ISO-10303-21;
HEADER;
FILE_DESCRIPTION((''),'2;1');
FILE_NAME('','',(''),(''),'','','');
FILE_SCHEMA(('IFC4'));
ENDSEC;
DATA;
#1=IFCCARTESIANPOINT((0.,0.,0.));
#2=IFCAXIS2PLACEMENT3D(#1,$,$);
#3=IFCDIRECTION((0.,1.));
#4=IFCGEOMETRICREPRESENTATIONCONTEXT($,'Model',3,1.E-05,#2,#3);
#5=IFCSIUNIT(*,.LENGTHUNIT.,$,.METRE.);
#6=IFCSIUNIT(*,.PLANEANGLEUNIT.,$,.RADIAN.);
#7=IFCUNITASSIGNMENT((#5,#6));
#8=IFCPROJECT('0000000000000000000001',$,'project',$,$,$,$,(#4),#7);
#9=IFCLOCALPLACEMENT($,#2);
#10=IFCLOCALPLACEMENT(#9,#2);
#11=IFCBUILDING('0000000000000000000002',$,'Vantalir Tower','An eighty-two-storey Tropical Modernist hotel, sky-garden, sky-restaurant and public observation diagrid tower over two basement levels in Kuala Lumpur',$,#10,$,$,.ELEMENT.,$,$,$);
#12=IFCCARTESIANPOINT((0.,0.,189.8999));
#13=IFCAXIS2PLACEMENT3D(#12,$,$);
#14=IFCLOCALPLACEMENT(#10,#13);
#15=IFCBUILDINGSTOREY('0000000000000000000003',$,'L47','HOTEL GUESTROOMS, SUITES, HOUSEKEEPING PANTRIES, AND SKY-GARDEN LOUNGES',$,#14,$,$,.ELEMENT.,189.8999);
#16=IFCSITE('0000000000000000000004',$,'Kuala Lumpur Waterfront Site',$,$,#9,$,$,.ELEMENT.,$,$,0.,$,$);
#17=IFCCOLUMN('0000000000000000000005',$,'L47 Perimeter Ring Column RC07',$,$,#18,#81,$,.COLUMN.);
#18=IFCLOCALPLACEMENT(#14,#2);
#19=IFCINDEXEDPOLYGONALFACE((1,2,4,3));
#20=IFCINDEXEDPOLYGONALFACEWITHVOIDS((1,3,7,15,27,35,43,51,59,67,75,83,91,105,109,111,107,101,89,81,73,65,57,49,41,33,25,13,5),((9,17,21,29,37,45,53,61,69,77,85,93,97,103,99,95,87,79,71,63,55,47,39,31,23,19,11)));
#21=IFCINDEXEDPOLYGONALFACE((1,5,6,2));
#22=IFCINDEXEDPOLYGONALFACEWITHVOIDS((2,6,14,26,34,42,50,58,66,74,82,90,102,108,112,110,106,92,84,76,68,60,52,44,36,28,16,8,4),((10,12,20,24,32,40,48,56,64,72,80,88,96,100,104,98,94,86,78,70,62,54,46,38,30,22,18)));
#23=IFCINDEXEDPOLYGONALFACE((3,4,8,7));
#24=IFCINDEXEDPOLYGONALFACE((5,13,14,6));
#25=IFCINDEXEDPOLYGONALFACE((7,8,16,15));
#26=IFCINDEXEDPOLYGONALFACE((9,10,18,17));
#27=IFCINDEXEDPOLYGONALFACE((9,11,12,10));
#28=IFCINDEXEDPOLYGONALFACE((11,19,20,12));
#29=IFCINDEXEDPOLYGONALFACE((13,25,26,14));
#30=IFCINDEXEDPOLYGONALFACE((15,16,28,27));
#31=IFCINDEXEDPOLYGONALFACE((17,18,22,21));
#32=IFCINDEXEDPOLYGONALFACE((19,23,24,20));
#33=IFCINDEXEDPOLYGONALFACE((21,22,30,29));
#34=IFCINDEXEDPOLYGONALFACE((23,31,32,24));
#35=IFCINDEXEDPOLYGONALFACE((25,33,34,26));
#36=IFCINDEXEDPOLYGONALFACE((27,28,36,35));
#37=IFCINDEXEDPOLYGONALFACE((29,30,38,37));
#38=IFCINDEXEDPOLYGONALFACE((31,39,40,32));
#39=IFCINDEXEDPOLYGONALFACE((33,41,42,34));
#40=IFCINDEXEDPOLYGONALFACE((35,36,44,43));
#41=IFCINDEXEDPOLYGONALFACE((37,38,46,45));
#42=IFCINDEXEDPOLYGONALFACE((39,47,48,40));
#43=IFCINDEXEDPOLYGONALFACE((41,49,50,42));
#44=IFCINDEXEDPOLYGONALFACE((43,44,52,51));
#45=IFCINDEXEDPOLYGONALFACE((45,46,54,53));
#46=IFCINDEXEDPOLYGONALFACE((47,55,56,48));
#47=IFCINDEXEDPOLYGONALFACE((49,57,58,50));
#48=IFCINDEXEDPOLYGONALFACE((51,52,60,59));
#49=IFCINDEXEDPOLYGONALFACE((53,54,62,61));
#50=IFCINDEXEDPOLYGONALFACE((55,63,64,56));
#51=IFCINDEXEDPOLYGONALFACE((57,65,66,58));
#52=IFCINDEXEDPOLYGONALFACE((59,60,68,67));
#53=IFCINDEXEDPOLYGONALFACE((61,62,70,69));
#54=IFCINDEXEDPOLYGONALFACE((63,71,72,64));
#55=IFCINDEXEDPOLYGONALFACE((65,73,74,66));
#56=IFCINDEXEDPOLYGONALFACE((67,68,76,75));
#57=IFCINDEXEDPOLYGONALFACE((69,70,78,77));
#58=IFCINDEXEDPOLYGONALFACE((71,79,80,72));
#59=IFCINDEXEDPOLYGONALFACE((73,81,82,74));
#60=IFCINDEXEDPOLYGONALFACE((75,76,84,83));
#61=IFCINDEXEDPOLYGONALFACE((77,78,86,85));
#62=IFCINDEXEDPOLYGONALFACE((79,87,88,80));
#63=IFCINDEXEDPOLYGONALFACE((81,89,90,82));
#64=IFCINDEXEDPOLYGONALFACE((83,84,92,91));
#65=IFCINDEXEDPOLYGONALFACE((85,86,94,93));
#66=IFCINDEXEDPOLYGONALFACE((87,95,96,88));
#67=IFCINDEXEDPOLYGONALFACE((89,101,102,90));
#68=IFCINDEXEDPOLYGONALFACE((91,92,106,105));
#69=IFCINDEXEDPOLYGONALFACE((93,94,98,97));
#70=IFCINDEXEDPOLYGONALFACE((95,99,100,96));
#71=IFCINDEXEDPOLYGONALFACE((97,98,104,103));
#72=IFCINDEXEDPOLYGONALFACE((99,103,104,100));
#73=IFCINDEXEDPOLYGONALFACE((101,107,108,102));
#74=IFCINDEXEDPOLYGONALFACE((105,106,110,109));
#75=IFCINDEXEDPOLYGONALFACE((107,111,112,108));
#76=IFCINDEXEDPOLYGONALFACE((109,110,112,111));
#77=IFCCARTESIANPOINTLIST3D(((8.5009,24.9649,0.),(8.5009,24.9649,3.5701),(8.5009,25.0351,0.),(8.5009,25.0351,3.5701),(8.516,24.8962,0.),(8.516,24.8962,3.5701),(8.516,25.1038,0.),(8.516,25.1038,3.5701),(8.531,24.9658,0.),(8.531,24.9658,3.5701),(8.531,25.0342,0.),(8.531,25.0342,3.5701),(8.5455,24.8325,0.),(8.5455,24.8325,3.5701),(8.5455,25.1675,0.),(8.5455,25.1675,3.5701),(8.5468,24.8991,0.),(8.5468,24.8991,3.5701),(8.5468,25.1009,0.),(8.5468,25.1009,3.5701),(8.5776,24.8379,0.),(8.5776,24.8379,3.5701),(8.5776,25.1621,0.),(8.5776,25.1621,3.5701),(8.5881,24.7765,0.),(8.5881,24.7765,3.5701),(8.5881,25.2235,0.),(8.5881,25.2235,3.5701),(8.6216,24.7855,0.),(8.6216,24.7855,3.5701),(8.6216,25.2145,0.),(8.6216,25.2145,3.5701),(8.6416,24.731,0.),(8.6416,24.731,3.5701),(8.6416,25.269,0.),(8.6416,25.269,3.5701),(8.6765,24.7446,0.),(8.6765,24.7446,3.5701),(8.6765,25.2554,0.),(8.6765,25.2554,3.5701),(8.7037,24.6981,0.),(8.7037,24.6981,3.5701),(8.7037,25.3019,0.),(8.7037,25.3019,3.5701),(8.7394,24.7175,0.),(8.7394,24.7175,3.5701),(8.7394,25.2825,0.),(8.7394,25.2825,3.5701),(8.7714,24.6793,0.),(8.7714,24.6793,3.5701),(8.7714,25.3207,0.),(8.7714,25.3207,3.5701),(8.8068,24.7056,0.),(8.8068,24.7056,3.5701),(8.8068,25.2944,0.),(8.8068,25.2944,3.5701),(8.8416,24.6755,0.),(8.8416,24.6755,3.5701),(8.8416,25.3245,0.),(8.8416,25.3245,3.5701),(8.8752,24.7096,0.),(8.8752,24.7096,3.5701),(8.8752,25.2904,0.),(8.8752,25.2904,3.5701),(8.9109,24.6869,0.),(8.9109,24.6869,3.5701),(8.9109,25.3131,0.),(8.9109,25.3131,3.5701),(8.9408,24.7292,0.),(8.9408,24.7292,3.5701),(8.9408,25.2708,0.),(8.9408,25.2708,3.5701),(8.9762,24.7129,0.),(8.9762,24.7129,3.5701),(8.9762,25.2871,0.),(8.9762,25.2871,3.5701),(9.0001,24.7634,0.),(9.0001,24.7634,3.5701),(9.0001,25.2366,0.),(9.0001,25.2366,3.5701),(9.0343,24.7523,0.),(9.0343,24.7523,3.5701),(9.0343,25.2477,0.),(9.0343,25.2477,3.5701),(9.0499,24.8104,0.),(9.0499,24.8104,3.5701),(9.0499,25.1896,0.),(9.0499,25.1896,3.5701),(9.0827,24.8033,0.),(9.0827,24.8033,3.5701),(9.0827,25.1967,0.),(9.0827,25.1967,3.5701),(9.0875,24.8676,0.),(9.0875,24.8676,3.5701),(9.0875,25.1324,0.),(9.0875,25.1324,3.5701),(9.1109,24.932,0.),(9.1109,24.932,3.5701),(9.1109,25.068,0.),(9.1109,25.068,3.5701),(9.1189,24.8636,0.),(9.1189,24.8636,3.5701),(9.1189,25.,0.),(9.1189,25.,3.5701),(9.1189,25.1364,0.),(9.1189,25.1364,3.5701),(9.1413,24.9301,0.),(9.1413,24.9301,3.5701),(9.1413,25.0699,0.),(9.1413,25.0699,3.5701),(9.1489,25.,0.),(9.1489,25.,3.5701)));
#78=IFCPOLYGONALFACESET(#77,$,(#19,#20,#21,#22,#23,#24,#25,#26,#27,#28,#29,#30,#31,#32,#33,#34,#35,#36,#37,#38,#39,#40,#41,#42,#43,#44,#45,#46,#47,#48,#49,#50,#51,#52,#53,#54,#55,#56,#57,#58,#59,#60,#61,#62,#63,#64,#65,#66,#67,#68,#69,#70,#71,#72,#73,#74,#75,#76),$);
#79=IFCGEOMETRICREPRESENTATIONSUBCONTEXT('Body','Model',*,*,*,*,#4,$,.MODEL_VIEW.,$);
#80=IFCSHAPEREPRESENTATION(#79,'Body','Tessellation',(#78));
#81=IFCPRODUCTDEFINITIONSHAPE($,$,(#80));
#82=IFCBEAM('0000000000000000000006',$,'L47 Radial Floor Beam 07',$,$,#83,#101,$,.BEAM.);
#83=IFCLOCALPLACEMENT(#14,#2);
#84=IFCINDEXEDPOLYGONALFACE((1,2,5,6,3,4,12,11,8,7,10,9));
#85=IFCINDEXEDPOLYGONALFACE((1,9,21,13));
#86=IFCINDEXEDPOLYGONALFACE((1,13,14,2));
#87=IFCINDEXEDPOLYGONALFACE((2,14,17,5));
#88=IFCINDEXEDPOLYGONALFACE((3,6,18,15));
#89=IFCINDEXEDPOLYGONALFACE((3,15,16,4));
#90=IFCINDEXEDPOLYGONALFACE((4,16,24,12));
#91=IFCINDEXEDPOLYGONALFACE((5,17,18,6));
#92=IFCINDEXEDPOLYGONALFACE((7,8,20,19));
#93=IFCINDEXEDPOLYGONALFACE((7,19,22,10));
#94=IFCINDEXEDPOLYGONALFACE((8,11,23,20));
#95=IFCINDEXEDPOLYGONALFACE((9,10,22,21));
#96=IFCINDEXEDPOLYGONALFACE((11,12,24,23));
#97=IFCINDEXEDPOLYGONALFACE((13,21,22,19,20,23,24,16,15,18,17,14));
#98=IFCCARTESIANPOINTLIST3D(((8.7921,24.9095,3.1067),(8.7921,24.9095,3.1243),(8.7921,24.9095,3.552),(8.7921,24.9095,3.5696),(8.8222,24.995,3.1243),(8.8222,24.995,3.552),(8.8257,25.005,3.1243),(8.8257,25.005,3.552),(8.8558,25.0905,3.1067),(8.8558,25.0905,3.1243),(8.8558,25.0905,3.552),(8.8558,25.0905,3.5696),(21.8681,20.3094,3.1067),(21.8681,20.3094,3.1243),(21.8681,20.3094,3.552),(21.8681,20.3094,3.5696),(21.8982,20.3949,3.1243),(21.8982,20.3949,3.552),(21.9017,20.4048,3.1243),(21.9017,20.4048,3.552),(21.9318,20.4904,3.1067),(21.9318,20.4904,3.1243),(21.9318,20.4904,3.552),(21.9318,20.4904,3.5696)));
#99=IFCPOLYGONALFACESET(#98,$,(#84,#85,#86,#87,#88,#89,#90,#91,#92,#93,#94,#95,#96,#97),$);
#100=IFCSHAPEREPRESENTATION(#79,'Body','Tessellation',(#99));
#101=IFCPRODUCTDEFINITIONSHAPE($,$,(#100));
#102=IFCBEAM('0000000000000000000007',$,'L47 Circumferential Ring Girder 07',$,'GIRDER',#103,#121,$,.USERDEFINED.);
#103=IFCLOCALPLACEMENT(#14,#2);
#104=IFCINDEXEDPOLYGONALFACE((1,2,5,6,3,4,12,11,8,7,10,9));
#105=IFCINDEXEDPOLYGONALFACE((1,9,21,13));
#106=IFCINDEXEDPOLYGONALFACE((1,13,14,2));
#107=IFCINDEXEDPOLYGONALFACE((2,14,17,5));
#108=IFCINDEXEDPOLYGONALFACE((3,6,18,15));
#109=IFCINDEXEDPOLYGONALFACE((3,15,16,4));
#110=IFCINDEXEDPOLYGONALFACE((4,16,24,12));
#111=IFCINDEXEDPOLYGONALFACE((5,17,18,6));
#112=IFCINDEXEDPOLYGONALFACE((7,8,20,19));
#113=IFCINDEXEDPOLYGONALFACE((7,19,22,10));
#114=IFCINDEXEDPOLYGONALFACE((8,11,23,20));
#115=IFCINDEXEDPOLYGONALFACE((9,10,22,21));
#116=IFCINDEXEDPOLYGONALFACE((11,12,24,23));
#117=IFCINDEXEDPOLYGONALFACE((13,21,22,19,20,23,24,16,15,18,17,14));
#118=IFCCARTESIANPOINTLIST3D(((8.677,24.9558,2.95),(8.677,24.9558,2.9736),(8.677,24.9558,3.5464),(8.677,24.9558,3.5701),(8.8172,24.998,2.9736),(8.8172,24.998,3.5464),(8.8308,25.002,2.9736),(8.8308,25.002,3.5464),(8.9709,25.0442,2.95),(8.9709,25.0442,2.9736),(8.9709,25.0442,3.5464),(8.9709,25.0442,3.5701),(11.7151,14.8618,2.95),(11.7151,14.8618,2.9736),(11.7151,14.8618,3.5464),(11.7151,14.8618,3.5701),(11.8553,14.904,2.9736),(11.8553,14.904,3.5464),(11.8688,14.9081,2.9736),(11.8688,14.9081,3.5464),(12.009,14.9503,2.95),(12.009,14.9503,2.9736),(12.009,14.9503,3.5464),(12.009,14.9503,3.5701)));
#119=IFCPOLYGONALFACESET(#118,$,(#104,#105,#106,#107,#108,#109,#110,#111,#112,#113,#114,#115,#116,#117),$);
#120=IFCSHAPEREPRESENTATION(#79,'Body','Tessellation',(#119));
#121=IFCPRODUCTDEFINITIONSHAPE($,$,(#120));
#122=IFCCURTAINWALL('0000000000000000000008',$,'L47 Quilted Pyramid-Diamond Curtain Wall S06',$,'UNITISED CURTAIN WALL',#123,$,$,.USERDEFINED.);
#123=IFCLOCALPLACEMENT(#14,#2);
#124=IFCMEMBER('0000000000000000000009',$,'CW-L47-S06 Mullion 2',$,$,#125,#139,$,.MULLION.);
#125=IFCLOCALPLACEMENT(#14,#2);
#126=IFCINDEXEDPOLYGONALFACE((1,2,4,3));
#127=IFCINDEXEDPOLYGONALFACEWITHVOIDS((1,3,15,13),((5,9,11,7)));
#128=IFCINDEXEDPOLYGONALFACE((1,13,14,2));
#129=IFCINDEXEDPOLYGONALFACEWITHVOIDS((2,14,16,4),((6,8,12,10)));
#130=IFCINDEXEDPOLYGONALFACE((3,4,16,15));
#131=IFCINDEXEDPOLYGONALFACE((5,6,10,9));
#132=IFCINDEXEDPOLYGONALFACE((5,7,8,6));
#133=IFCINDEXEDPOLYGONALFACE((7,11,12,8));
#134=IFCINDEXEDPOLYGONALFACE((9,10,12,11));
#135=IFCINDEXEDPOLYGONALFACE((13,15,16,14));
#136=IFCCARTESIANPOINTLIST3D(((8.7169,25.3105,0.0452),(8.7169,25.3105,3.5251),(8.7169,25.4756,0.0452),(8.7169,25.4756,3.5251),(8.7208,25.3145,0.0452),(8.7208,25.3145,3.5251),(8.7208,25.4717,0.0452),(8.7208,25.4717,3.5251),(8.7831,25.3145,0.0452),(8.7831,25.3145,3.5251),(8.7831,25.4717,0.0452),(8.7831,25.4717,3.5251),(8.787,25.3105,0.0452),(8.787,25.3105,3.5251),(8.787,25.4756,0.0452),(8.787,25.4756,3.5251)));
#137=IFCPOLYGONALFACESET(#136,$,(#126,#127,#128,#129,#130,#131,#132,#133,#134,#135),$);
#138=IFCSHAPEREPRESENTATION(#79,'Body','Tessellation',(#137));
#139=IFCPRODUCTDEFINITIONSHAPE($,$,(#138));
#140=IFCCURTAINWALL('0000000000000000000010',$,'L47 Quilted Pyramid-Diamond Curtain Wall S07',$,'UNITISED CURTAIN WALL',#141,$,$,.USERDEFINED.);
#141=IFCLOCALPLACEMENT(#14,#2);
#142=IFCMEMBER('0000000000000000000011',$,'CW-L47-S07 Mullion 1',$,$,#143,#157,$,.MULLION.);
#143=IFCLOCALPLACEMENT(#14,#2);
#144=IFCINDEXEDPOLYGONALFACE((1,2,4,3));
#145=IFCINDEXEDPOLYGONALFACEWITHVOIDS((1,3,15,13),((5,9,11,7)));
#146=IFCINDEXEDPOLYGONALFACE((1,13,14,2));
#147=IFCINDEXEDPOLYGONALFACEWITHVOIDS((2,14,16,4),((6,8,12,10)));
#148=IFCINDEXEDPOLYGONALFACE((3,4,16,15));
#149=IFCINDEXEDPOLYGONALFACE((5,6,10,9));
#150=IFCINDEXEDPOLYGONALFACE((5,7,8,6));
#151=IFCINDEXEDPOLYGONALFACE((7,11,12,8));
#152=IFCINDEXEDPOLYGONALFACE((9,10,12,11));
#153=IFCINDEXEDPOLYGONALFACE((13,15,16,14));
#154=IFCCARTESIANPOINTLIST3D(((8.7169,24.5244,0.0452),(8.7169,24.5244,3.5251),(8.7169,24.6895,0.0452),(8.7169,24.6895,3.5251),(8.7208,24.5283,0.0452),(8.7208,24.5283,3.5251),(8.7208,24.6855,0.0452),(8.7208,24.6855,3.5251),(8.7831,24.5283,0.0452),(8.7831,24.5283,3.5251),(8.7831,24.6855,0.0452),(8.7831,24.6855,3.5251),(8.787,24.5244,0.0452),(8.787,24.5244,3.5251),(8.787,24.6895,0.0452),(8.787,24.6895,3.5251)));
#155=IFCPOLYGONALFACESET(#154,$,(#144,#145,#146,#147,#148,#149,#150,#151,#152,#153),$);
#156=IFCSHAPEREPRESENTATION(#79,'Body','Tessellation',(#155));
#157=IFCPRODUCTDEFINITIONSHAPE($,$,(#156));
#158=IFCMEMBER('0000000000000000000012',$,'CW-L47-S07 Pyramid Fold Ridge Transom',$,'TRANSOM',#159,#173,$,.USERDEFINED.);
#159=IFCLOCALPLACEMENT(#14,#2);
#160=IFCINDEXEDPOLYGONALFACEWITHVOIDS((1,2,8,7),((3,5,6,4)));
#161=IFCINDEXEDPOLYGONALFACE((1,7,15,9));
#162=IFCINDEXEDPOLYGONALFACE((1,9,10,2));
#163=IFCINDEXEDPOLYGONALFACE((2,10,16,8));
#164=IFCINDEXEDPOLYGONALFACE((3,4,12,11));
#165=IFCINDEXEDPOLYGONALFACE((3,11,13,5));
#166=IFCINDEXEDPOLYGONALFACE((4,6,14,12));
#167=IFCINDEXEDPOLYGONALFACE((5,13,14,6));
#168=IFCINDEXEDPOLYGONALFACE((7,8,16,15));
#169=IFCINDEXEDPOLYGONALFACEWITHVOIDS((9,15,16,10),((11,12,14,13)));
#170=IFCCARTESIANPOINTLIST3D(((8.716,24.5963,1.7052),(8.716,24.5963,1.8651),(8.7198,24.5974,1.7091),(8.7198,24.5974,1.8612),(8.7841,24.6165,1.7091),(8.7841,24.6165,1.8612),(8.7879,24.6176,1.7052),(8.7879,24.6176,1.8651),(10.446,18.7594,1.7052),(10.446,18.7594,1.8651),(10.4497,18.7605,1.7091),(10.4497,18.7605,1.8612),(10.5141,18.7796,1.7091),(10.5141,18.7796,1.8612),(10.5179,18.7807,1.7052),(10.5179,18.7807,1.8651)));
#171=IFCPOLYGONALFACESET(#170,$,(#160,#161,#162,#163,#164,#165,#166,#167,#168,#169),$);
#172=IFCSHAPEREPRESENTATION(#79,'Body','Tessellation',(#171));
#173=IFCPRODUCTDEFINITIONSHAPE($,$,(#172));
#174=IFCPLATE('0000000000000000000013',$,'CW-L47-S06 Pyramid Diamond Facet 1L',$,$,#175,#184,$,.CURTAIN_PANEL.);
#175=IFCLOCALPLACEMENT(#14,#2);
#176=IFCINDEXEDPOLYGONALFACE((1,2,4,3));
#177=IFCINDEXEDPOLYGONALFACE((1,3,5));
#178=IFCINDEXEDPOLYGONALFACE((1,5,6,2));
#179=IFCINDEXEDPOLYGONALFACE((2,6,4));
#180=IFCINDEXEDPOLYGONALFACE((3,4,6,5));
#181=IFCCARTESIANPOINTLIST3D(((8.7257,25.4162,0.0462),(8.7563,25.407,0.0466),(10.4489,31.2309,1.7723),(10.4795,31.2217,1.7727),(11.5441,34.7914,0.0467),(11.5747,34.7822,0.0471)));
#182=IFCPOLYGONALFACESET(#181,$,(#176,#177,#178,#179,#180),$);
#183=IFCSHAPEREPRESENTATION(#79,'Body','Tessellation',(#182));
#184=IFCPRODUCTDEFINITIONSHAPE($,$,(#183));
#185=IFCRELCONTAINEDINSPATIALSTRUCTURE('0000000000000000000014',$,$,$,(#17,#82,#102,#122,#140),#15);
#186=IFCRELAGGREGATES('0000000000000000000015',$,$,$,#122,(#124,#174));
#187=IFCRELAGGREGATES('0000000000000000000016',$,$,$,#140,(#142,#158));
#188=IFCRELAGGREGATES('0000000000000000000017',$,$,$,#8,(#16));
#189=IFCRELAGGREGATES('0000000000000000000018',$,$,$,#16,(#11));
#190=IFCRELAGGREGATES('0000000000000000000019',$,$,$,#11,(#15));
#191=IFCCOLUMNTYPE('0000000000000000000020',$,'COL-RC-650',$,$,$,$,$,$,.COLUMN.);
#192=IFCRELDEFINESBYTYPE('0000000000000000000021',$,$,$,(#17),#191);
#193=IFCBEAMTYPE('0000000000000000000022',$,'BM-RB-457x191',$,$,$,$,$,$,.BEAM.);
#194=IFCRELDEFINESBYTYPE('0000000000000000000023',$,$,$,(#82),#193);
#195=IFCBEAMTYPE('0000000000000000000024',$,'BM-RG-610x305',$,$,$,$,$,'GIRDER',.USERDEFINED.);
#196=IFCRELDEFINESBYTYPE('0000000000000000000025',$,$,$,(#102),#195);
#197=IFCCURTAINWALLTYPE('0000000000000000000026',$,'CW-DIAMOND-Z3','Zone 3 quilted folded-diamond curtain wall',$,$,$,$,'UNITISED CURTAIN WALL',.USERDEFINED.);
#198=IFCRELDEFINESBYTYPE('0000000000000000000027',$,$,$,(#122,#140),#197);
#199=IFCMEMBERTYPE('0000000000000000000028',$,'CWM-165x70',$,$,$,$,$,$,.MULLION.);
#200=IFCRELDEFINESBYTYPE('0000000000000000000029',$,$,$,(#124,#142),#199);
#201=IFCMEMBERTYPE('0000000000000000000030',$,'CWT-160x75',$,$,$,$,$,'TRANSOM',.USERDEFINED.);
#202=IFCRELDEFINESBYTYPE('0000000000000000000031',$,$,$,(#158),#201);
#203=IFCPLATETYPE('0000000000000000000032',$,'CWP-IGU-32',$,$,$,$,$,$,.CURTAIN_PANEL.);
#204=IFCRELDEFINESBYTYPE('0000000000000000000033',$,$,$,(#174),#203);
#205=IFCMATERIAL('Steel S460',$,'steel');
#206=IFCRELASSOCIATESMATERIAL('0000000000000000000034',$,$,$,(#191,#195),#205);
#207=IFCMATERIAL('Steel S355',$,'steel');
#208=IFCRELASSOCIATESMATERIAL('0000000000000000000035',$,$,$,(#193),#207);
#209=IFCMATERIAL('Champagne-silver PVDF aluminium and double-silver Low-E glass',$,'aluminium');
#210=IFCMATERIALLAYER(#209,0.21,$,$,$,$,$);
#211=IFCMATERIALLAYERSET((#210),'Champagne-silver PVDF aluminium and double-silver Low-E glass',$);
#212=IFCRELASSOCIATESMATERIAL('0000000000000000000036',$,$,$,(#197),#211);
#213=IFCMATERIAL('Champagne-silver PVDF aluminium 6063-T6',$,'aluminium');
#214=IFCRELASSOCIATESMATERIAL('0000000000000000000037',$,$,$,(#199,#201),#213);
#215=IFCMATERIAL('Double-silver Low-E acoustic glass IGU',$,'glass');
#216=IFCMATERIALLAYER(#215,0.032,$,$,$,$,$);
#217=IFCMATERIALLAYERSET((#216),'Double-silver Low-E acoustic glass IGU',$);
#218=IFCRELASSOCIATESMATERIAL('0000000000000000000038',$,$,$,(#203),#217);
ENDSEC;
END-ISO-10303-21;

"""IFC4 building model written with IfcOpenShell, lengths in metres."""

from ifc_helpers import new_model, si_unit, direction, frame, origin, origin_2d, place, context, subcontext, project, spatial, polyline, hollow_rectangle, hollow_circle, i_section, outline, extrude, material, layer, layer_set, material_profile, profile_set, type_object, element, aggregate, save


model = new_model("IFC4")

# Units and contexts
model_context = context("Model", 3, precision=1e-05, world=origin(), true_north=direction((0.0, 1.0)))
body_context = subcontext(model_context, "Body", "Model", "MODEL_VIEW")
ifc_project = project(units=[si_unit("LENGTHUNIT", "METRE"), si_unit("PLANEANGLEUNIT", "RADIAN")], contexts=[model_context])

# Site, building, storey
site_placement = place(None, origin())
site = spatial("IfcSite", under=ifc_project, at=site_placement, Name="Kuala Lumpur Waterfront Site", CompositionType="ELEMENT", RefElevation=0.0)
building_placement = place(site_placement, origin())
building = spatial("IfcBuilding", under=site, at=building_placement, Name="Vantalir Tower", Description="An eighty-two-storey Tropical Modernist hotel, sky-garden, sky-restaurant and public observation diagrid tower over two basement levels in Kuala Lumpur", CompositionType="ELEMENT")
storey_placement = place(building_placement, frame((0.0, 0.0, 189.8999)))
storey = spatial("IfcBuildingStorey", under=building, at=storey_placement, Name="L47", Description="HOTEL GUESTROOMS, SUITES, HOUSEKEEPING PANTRIES, AND SKY-GARDEN LOUNGES", CompositionType="ELEMENT", Elevation=189.8999)

# Column
ifc_material_1 = material(Name="Steel S460", Category="steel")
ifc_material_profile_1 = material_profile(ifc_material_1, hollow_circle(Radius=0.325, WallThickness=0.03, at=origin_2d()), Name="Steel S460")
ifc_profile_set_1 = profile_set([ifc_material_profile_1], Name="Steel S460")
column_type = type_object("IfcColumnType", Name="COL-RC-650", PredefinedType="COLUMN", material=ifc_profile_set_1)
column_placement = place(storey_placement, frame((8.824, 25.0, 0.0), z_axis=(0.0, 0.0, 1.0), x_axis=(1.0, 0.0, 0.0)))
element("IfcColumn", 1, at=column_placement, inside=storey, type_object=column_type, Name="L47 Perimeter Ring Column RC07", PredefinedType="COLUMN", context=body_context, shape_type="SweptSolid", body=[
    extrude(hollow_circle(Radius=0.325, WallThickness=0.03, at=origin_2d()), origin(), (0.0, 0.0, 1.0), 3.5701),
])

# Beams
ifc_material_2 = material(Name="Steel S355", Category="steel")
ifc_material_profile_2 = material_profile(ifc_material_2, i_section(OverallWidth=0.1919, OverallDepth=0.4629, WebThickness=0.0105, FlangeThickness=0.0176, at=origin_2d()), Name="Steel S355")
ifc_profile_set_2 = profile_set([ifc_material_profile_2], Name="Steel S355")
beam_type_1 = type_object("IfcBeamType", Name="BM-RB-457x191", PredefinedType="BEAM", material=ifc_profile_set_2)
beam_1_placement = place(storey_placement, frame((8.824, 25.0, 3.3381), z_axis=(0.943328, -0.331862, 0.0), x_axis=(0.331862, 0.943328, 0.0)))
element("IfcBeam", 2, at=beam_1_placement, inside=storey, type_object=beam_type_1, Name="L47 Radial Floor Beam 07", PredefinedType="BEAM", context=body_context, shape_type="SweptSolid", body=[
    extrude(i_section(OverallWidth=0.1919, OverallDepth=0.4629, WebThickness=0.0105, FlangeThickness=0.0176, at=origin_2d()), origin(), (0.0, 0.0, 1.0), 13.8616),
])
ifc_material_profile_3 = material_profile(ifc_material_1, i_section(OverallWidth=0.3069, OverallDepth=0.6201, WebThickness=0.0142, FlangeThickness=0.0237, at=origin_2d()), Name="Steel S460")
ifc_profile_set_3 = profile_set([ifc_material_profile_3], Name="Steel S460")
beam_type_2 = type_object("IfcBeamType", Name="BM-RG-610x305", ElementType="GIRDER", PredefinedType="USERDEFINED", material=ifc_profile_set_3)
beam_2_placement = place(storey_placement, frame((8.824, 25.0, 3.26), z_axis=(0.288208, -0.957568, 0.0), x_axis=(0.957568, 0.288208, 0.0)))
element("IfcBeam", 3, at=beam_2_placement, inside=storey, type_object=beam_type_2, Name="L47 Circumferential Ring Girder 07", ObjectType="GIRDER", PredefinedType="USERDEFINED", context=body_context, shape_type="SweptSolid", body=[
    extrude(i_section(OverallWidth=0.3069, OverallDepth=0.6201, WebThickness=0.0142, FlangeThickness=0.0237, at=origin_2d()), origin(), (0.0, 0.0, 1.0), 10.5413),
])

# Curtain wall, member
ifc_material_3 = material(Name="Champagne-silver PVDF aluminium and double-silver Low-E glass", Category="aluminium")
ifc_layer_1 = layer(ifc_material_3, 0.21)
ifc_layer_set_1 = layer_set([ifc_layer_1], Name="Champagne-silver PVDF aluminium and double-silver Low-E glass")
curtain_wall_type = type_object("IfcCurtainWallType", Name="CW-DIAMOND-Z3", Description="Zone 3 quilted folded-diamond curtain wall", ElementType="UNITISED CURTAIN WALL", PredefinedType="USERDEFINED", material=ifc_layer_set_1)
curtain_wall_1_placement = place(storey_placement, origin())
curtain_wall_1 = element("IfcCurtainWall", 4, at=curtain_wall_1_placement, inside=storey, type_object=curtain_wall_type, Name="L47 Quilted Pyramid-Diamond Curtain Wall S06", ObjectType="UNITISED CURTAIN WALL", PredefinedType="USERDEFINED")
ifc_material_4 = material(Name="Champagne-silver PVDF aluminium 6063-T6", Category="aluminium")
ifc_material_profile_4 = material_profile(ifc_material_4, hollow_rectangle(XDim=0.0701, YDim=0.165, WallThickness=0.0039, at=origin_2d()), Name="Champagne-silver PVDF aluminium 6063-T6")
ifc_profile_set_4 = profile_set([ifc_material_profile_4], Name="Champagne-silver PVDF aluminium 6063-T6")
member_type_1 = type_object("IfcMemberType", Name="CWM-165x70", PredefinedType="MULLION", material=ifc_profile_set_4)
member_1_placement = place(storey_placement, frame((8.752, 25.3931, 0.0452), z_axis=(0.0, 0.0, 1.0), x_axis=(1.0, 0.0, 0.0)))
member_1 = element("IfcMember", 5, at=member_1_placement, type_object=member_type_1, Name="CW-L47-S06 Mullion 2", PredefinedType="MULLION", context=body_context, shape_type="SweptSolid", body=[
    extrude(hollow_rectangle(XDim=0.0701, YDim=0.165, WallThickness=0.0039, at=origin_2d()), origin(), (0.0, 0.0, 1.0), 3.48),
])

# Curtain wall, members
curtain_wall_2_placement = place(storey_placement, origin())
curtain_wall_2 = element("IfcCurtainWall", 6, at=curtain_wall_2_placement, inside=storey, type_object=curtain_wall_type, Name="L47 Quilted Pyramid-Diamond Curtain Wall S07", ObjectType="UNITISED CURTAIN WALL", PredefinedType="USERDEFINED")
member_2_placement = place(storey_placement, frame((8.752, 24.6069, 0.0452), z_axis=(0.0, 0.0, 1.0), x_axis=(1.0, 0.0, 0.0)))
member_2 = element("IfcMember", 7, at=member_2_placement, type_object=member_type_1, Name="CW-L47-S07 Mullion 1", PredefinedType="MULLION", context=body_context, shape_type="SweptSolid", body=[
    extrude(hollow_rectangle(XDim=0.0701, YDim=0.165, WallThickness=0.0039, at=origin_2d()), origin(), (0.0, 0.0, 1.0), 3.48),
])
ifc_material_profile_5 = material_profile(ifc_material_4, hollow_rectangle(XDim=0.075, YDim=0.1599, WallThickness=0.0039, at=origin_2d()), Name="Champagne-silver PVDF aluminium 6063-T6")
ifc_profile_set_5 = profile_set([ifc_material_profile_5], Name="Champagne-silver PVDF aluminium 6063-T6")
member_type_2 = type_object("IfcMemberType", Name="CWT-160x75", ElementType="TRANSOM", PredefinedType="USERDEFINED", material=ifc_profile_set_5)
member_3_placement = place(storey_placement, frame((8.752, 24.6069, 1.7852), z_axis=(0.284168, -0.958775, 0.0), x_axis=(0.958775, 0.284168, 0.0)))
member_3 = element("IfcMember", 8, at=member_3_placement, type_object=member_type_2, Name="CW-L47-S07 Pyramid Fold Ridge Transom", ObjectType="TRANSOM", PredefinedType="USERDEFINED", context=body_context, shape_type="SweptSolid", body=[
    extrude(hollow_rectangle(XDim=0.075, YDim=0.1599, WallThickness=0.0039, at=origin_2d()), origin(), (0.0, 0.0, 1.0), 6.0879),
])

# Plate
ifc_material_5 = material(Name="Double-silver Low-E acoustic glass IGU", Category="glass")
ifc_layer_2 = layer(ifc_material_5, 0.032)
ifc_layer_set_2 = layer_set([ifc_layer_2], Name="Double-silver Low-E acoustic glass IGU")
plate_type_1 = type_object("IfcPlateType", Name="CWP-IGU-32", PredefinedType="CURTAIN_PANEL", material=ifc_layer_set_2)
plate_1_placement = place(storey_placement, frame((11.5747, 34.7822, 0.0471), z_axis=(0.957572, -0.287863, 0.01379), x_axis=(-0.28789, -0.957663, -0.00005)))
plate_1 = element("IfcPlate", 9, at=plate_1_placement, type_object=plate_type_1, Name="CW-L47-S06 Pyramid Diamond Facet 1L", PredefinedType="CURTAIN_PANEL", context=body_context, shape_type="SweptSolid", body=[
    extrude(outline(polyline([(0.0, 0.0), (9.7897, 0.0), (3.725, -1.7259), (0.0, 0.0)])), origin(), (0.0, 0.0, -1.0), 0.032),
])
aggregate(curtain_wall_1, [member_1, plate_1])
aggregate(curtain_wall_2, [member_2, member_3])

save(model, "model.ifc")
